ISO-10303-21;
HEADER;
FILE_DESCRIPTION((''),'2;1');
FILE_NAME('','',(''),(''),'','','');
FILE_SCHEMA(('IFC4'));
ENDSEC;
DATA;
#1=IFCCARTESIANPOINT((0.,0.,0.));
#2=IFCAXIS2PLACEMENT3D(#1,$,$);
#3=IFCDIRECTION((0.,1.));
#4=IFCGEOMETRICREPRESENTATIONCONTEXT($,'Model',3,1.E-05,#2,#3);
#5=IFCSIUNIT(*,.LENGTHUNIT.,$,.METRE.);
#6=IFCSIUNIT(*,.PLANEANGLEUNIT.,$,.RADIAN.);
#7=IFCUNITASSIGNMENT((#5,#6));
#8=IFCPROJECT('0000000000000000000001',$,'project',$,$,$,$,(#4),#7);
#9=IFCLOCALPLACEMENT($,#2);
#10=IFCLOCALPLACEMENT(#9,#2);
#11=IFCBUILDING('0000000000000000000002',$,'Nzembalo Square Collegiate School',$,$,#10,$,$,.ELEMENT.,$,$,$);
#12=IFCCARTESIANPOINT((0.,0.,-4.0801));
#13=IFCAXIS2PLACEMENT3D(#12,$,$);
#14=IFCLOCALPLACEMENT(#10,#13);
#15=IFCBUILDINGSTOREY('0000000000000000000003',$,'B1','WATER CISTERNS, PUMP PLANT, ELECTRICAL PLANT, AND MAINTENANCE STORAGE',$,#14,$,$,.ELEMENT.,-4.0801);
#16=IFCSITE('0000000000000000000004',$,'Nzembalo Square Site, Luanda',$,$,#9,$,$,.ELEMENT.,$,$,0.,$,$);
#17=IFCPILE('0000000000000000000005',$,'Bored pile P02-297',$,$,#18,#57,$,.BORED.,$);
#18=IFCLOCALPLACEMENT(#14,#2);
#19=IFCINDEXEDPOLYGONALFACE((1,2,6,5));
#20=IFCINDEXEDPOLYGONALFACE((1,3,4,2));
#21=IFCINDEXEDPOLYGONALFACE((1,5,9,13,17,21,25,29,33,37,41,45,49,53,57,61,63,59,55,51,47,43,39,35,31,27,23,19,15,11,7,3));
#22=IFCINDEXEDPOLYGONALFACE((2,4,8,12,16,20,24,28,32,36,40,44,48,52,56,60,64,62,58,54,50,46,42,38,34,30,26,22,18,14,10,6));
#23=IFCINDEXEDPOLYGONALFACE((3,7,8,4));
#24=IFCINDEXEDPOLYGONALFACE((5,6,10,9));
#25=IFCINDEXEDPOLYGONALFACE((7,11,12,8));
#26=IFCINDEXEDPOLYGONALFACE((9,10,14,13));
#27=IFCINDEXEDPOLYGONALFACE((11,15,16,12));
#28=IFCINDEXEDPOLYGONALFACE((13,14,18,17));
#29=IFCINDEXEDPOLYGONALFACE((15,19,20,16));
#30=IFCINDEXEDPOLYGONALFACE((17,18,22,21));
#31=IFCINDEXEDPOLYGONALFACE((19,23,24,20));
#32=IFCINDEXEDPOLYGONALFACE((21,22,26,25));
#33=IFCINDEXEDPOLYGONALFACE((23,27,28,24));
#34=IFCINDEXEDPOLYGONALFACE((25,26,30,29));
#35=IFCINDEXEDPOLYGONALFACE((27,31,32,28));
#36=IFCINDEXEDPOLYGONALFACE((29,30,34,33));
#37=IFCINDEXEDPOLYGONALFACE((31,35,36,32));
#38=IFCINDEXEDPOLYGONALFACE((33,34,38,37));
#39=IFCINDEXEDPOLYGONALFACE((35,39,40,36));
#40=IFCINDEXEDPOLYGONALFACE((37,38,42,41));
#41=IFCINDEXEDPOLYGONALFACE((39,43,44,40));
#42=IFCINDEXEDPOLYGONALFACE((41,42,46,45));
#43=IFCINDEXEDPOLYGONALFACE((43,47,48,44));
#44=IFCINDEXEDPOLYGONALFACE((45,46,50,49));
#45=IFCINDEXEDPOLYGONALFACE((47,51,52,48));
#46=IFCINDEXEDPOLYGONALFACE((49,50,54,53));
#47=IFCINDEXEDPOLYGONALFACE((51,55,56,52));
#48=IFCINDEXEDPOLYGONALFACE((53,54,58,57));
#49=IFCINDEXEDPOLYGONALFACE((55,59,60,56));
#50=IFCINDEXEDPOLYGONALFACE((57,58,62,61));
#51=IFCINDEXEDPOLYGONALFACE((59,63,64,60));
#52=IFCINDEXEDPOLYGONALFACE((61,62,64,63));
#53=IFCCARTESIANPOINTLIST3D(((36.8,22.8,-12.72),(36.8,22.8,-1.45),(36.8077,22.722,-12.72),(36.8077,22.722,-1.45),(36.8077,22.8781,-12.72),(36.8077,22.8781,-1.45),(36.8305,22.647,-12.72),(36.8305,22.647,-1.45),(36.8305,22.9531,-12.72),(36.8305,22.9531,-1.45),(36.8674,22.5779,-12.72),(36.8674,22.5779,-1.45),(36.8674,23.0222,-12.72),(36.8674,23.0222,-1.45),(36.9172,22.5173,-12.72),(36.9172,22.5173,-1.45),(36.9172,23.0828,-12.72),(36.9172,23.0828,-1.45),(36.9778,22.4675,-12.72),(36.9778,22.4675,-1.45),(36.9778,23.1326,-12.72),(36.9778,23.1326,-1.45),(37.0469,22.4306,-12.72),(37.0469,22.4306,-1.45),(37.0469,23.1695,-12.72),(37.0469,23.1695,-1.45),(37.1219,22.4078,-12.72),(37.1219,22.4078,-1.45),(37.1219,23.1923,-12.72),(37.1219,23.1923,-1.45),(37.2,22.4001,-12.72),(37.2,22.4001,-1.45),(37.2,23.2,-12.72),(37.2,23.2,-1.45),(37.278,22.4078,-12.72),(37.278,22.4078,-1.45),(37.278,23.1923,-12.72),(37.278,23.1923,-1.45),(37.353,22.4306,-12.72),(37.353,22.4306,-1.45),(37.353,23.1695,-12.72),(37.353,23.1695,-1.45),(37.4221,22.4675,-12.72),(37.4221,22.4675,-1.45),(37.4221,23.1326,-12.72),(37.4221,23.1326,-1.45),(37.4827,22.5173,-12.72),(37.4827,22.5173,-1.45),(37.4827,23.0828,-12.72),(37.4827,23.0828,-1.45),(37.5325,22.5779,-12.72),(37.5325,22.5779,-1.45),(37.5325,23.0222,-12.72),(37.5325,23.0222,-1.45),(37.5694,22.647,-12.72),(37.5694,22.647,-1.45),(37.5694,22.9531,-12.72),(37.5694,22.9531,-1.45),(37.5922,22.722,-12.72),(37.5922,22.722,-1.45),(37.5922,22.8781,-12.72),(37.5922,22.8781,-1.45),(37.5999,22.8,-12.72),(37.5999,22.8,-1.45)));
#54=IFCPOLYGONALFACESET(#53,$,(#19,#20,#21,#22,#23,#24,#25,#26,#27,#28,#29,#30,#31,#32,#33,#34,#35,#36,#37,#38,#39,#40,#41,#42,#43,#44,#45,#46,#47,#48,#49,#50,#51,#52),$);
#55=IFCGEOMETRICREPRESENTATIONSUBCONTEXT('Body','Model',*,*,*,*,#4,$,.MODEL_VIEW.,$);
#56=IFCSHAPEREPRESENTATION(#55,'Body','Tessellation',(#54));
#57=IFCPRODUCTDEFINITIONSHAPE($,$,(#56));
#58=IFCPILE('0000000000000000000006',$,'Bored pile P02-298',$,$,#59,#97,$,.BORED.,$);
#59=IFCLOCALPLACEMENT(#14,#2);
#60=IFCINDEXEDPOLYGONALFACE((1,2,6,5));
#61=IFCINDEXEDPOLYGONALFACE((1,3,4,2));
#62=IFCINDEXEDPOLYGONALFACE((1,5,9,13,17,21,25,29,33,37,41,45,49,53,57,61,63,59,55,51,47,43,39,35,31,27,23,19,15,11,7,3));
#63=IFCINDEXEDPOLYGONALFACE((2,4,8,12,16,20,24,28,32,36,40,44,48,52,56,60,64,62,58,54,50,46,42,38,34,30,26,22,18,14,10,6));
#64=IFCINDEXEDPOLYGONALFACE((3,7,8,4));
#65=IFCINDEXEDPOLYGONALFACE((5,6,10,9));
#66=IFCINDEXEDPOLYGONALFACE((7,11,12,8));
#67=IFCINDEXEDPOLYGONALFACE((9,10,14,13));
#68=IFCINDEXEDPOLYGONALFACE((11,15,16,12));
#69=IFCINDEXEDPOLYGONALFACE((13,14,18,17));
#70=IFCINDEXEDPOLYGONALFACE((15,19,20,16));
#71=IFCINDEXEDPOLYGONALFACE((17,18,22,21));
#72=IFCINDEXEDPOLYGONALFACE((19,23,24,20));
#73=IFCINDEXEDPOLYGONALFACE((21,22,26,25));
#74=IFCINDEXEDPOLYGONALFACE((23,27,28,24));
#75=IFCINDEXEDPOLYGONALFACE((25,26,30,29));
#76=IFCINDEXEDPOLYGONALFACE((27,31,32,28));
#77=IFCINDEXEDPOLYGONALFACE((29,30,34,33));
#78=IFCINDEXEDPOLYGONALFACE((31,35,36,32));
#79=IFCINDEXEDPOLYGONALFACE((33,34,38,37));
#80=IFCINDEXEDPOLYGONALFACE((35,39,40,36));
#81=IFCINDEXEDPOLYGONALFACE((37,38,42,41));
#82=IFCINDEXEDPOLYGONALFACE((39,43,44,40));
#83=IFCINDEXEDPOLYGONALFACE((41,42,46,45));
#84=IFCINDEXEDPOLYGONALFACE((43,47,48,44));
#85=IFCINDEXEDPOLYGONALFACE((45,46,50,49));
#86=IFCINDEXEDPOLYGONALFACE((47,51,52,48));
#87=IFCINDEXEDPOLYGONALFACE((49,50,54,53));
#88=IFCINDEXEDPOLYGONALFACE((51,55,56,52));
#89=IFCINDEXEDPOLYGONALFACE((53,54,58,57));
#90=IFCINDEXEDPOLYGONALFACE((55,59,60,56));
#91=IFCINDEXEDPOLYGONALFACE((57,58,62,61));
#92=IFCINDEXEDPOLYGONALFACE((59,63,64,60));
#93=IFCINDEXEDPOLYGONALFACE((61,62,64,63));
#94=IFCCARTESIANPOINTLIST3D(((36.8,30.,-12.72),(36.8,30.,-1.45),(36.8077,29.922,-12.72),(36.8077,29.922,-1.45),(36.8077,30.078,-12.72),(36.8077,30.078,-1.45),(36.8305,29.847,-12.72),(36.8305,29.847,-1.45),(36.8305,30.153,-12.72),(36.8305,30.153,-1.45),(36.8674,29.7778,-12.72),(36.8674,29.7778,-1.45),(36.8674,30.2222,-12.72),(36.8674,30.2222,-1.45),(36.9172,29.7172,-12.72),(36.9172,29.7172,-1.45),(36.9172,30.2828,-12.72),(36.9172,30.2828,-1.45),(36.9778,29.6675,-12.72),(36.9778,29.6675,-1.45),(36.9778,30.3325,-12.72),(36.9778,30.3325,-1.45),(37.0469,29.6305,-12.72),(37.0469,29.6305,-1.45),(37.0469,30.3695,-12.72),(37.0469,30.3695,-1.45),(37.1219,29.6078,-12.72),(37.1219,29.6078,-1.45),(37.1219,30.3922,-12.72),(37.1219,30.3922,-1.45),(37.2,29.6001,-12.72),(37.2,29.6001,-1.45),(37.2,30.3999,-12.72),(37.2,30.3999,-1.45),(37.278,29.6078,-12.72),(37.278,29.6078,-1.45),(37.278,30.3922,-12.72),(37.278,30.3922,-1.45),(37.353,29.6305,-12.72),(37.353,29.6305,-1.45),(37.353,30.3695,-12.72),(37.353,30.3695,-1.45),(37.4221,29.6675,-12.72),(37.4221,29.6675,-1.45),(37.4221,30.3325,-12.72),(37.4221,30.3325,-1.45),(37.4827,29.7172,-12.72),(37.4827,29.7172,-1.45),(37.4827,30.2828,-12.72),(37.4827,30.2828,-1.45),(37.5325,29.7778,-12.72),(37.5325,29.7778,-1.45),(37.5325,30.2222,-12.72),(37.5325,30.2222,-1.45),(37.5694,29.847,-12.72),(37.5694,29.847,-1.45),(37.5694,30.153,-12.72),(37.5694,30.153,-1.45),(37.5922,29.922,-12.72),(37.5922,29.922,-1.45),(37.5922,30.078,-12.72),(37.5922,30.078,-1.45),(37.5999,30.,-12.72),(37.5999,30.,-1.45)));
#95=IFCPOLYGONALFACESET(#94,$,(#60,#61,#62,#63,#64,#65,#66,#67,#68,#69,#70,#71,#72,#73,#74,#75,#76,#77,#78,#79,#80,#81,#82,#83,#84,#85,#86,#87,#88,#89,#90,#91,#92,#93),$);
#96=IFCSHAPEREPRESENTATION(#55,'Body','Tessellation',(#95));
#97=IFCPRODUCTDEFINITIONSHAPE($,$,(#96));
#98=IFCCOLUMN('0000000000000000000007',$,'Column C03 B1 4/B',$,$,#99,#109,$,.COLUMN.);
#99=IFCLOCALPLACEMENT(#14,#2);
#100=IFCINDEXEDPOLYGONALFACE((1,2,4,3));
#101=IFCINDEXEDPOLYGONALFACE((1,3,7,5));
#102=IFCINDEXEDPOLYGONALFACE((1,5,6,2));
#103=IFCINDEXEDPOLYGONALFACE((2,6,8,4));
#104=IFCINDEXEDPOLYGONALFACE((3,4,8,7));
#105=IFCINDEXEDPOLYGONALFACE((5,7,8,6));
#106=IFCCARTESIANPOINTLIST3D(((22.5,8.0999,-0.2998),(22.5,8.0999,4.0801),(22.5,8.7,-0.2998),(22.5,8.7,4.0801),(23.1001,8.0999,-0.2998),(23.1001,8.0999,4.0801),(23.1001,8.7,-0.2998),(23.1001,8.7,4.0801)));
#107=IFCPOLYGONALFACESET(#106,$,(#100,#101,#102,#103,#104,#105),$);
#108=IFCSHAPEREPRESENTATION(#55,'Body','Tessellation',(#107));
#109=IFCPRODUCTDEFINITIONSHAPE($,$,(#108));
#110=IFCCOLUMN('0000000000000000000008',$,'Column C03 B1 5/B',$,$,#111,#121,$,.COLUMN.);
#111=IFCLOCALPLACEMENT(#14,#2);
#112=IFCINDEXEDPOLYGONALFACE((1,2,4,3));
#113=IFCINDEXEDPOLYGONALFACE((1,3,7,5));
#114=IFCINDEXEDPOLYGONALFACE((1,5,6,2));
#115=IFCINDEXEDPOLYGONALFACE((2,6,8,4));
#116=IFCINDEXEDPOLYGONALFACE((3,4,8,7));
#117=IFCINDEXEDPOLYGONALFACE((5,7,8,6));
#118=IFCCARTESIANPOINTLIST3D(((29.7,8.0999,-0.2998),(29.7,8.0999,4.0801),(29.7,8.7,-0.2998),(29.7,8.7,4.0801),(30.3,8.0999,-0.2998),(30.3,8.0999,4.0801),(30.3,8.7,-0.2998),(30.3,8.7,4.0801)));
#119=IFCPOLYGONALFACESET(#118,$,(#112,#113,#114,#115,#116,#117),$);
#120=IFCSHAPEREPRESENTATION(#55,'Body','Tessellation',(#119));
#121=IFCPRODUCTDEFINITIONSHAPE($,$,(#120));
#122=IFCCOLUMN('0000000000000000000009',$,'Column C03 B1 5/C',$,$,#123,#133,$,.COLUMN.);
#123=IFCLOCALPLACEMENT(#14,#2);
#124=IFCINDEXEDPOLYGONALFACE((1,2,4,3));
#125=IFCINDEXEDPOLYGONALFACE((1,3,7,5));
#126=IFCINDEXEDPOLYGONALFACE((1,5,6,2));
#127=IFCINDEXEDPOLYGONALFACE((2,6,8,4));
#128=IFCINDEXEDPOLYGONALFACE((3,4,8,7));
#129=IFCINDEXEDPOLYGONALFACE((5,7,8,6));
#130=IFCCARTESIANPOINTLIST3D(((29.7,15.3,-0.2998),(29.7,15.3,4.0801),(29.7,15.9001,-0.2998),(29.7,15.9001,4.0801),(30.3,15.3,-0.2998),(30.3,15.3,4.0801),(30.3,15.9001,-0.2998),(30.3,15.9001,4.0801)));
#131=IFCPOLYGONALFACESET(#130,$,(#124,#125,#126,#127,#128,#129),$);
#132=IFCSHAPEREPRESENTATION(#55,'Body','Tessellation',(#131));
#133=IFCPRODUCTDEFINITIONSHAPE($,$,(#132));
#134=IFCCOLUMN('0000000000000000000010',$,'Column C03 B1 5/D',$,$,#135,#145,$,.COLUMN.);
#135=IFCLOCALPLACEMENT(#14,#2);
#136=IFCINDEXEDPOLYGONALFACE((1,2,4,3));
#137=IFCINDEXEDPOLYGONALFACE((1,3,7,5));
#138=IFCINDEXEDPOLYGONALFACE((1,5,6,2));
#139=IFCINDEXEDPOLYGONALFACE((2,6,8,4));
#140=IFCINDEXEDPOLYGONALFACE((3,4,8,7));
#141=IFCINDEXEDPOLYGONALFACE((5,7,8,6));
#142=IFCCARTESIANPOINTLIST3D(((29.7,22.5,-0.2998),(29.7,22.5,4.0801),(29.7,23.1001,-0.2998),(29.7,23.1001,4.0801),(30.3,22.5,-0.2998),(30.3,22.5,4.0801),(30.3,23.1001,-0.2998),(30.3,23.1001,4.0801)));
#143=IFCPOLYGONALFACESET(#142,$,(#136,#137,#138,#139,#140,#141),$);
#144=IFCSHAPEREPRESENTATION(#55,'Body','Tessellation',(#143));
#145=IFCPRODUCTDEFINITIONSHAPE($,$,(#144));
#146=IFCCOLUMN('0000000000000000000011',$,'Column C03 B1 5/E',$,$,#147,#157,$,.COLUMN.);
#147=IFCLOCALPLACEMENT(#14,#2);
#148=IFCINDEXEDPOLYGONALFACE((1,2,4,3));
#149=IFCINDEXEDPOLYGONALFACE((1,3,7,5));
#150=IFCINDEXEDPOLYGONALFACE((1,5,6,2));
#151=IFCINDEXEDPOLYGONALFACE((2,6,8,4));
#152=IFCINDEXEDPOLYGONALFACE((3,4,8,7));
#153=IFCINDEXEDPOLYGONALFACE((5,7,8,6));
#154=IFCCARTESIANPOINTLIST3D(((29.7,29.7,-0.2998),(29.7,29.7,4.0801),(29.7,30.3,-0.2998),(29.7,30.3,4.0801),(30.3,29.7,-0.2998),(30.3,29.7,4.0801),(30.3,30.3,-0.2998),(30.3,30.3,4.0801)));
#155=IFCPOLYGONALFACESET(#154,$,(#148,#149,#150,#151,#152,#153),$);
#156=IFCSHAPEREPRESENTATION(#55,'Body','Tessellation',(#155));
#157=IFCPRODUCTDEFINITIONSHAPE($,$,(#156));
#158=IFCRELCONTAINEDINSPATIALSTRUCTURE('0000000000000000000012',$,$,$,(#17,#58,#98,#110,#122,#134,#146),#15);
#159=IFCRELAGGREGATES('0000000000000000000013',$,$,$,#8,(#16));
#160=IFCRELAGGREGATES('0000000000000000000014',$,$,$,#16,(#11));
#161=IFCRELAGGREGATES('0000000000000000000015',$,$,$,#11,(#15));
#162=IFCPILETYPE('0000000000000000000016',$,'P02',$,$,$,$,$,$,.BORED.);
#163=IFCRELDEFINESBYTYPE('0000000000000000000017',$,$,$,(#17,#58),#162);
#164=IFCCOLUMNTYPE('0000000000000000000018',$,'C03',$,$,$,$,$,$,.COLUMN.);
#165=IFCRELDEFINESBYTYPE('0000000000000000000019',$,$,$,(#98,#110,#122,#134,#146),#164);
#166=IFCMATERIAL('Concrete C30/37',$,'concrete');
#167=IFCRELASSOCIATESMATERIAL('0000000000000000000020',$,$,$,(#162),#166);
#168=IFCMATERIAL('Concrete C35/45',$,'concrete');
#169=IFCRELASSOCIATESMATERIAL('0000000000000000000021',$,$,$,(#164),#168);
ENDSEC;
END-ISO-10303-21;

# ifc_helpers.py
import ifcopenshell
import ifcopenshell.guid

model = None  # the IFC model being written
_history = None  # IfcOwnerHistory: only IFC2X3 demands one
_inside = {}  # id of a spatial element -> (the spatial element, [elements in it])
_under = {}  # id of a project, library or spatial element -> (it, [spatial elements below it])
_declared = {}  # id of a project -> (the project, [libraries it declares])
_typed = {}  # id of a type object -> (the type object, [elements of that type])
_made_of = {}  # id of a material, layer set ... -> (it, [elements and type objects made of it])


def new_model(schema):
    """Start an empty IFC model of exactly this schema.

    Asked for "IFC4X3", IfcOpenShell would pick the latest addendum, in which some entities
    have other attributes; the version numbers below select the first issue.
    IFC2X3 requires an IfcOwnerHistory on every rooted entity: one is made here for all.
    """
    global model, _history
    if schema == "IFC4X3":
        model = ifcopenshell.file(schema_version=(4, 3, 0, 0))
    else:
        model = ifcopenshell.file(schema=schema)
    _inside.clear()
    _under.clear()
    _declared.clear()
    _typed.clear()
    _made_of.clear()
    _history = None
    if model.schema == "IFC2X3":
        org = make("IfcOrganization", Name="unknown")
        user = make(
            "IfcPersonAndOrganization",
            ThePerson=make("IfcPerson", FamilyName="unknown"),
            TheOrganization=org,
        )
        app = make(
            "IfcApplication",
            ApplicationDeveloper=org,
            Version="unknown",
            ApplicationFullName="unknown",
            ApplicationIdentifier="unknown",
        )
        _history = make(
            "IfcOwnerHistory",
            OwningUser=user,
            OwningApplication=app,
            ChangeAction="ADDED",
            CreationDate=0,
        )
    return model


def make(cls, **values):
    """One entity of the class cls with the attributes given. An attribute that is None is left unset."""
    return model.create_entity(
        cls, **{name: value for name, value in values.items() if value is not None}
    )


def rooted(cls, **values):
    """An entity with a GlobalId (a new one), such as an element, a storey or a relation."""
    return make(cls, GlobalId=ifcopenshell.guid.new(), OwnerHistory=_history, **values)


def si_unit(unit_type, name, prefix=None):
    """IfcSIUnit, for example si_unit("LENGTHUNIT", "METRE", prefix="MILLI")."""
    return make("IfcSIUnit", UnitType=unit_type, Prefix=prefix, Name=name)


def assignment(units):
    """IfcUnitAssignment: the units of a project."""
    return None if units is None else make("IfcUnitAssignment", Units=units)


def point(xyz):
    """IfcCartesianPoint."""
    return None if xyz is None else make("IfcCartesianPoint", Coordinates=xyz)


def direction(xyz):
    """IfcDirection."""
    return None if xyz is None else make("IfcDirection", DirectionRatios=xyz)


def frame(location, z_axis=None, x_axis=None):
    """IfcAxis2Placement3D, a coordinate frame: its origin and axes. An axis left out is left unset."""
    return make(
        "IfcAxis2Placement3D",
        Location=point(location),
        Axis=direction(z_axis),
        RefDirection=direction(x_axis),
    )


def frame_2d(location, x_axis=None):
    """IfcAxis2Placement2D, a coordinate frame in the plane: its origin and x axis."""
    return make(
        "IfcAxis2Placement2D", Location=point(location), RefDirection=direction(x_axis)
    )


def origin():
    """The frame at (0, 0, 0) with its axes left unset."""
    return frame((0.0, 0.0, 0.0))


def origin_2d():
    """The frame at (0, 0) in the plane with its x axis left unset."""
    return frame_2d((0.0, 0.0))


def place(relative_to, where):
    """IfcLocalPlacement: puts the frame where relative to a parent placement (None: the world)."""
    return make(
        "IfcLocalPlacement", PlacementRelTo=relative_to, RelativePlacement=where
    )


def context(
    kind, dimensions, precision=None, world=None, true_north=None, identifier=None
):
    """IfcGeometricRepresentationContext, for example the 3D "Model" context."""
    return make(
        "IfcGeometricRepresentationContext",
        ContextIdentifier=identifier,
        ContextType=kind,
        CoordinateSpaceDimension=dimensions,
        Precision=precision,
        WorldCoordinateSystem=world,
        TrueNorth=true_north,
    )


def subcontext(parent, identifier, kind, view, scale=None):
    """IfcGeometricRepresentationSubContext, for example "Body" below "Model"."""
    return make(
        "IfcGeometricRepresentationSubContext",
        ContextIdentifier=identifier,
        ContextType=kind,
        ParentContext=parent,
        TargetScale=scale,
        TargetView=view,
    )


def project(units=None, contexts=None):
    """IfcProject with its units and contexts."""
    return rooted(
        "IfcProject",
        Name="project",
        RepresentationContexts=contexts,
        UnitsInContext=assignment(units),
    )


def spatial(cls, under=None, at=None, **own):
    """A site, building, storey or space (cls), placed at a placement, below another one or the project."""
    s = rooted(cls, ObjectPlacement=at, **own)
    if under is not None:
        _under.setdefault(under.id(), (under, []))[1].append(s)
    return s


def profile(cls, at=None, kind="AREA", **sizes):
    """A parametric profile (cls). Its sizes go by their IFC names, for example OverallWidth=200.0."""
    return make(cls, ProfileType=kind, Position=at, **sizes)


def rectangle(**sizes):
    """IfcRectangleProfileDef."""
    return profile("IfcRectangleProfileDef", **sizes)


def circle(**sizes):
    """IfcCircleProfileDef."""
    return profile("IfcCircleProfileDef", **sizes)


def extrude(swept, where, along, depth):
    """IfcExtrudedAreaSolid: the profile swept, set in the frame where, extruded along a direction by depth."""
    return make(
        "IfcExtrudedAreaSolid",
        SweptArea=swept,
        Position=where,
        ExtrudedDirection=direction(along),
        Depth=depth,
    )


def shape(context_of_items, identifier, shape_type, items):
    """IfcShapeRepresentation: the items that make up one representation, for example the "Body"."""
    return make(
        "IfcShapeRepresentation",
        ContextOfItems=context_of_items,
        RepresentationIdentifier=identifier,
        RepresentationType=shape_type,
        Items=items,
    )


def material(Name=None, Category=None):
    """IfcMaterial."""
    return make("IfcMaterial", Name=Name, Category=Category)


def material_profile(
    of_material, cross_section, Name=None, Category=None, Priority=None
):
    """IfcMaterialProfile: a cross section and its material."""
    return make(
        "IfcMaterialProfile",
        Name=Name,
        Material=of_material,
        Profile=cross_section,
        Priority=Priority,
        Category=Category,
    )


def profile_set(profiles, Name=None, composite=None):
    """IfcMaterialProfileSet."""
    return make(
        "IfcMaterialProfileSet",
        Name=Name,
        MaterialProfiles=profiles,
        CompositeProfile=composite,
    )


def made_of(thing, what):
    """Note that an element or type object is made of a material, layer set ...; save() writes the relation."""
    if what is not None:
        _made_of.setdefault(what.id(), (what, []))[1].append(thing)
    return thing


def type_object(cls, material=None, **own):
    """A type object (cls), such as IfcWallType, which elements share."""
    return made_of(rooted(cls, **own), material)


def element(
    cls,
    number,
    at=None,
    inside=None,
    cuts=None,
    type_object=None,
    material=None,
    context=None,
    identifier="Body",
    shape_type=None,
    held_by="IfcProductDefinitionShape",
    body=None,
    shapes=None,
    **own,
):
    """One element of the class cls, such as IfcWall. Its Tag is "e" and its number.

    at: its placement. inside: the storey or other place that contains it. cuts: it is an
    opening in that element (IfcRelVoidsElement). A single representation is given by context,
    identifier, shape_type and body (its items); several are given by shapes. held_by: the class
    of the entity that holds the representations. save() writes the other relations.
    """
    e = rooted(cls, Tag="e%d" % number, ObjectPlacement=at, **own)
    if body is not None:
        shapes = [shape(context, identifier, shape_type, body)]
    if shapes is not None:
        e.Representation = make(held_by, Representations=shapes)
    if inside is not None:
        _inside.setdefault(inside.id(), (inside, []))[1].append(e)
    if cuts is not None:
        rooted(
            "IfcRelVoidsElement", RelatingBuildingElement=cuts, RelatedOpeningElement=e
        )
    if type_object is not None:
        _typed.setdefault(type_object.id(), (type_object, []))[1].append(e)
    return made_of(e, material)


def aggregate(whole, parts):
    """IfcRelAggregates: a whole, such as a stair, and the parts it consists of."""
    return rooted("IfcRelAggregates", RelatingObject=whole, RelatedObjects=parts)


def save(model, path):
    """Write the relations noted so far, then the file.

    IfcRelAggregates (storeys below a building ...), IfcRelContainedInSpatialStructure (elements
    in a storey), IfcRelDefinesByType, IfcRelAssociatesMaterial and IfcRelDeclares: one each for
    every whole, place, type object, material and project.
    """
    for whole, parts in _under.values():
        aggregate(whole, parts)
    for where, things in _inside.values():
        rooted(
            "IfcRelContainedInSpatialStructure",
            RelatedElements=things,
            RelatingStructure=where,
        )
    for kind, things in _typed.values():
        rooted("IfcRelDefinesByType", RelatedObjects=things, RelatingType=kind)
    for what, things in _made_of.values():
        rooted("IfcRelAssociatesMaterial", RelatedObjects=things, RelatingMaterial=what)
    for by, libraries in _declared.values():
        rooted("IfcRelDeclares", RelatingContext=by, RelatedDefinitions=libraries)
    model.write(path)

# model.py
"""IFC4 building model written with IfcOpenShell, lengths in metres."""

from ifc_helpers import new_model, si_unit, direction, frame, origin, origin_2d, place, context, subcontext, project, spatial, rectangle, circle, extrude, material, material_profile, profile_set, type_object, element, save


model = new_model("IFC4")

# Units and contexts
model_context = context("Model", 3, precision=1e-05, world=origin(), true_north=direction((0.0, 1.0)))
body_context = subcontext(model_context, "Body", "Model", "MODEL_VIEW")
ifc_project = project(units=[si_unit("LENGTHUNIT", "METRE"), si_unit("PLANEANGLEUNIT", "RADIAN")], contexts=[model_context])

# Site, building, storey
site_placement = place(None, origin())
site = spatial("IfcSite", under=ifc_project, at=site_placement, Name="Nzembalo Square Site, Luanda", CompositionType="ELEMENT", RefElevation=0.0)
building_placement = place(site_placement, origin())
building = spatial("IfcBuilding", under=site, at=building_placement, Name="Nzembalo Square Collegiate School", CompositionType="ELEMENT")
storey_placement = place(building_placement, frame((0.0, 0.0, -4.0801)))
storey = spatial("IfcBuildingStorey", under=building, at=storey_placement, Name="B1", Description="WATER CISTERNS, PUMP PLANT, ELECTRICAL PLANT, AND MAINTENANCE STORAGE", CompositionType="ELEMENT", Elevation=-4.0801)

# Piles
ifc_material_1 = material(Name="Concrete C30/37", Category="concrete")
ifc_material_profile_1 = material_profile(ifc_material_1, circle(Radius=0.3999, at=origin_2d()), Name="PILE D800")
ifc_profile_set_1 = profile_set([ifc_material_profile_1], Name="Concrete C30/37")
pile_type = type_object("IfcPileType", Name="P02", PredefinedType="BORED", material=ifc_profile_set_1)
for number, where, z_axis, x_axis, name in (
    (1, (37.2, 22.8, -1.45), (0.0, 0.0, -1.0), (1.0, 0.0, 0.0), "Bored pile P02-297"),
    (2, (37.2, 30.0, -1.45), (0.0, 0.0, -1.0), (1.0, 0.0, 0.0), "Bored pile P02-298"),
):
    element("IfcPile", number, at=place(storey_placement, frame(where, z_axis=z_axis, x_axis=x_axis)), inside=storey, type_object=pile_type, Name=name, PredefinedType="BORED", context=body_context, shape_type="SweptSolid", body=[
        extrude(circle(Radius=0.3999, at=origin_2d()), origin(), (0.0, 0.0, 1.0), 11.27),
    ])

# Columns
ifc_material_2 = material(Name="Concrete C35/45", Category="concrete")
ifc_material_profile_2 = material_profile(ifc_material_2, rectangle(XDim=0.6001, YDim=0.6001, at=origin_2d()), Name="RC 600x600")
ifc_profile_set_2 = profile_set([ifc_material_profile_2], Name="Concrete C35/45")
column_type = type_object("IfcColumnType", Name="C03", PredefinedType="COLUMN", material=ifc_profile_set_2)
for number, where, z_axis, x_axis, name in (
    (3, (22.8, 8.3999, -0.2998), (0.0, 0.0, 1.0), (1.0, 0.0, 0.0), "Column C03 B1 4/B"),
    (4, (30.0, 8.3999, -0.2998), (0.0, 0.0, 1.0), (1.0, 0.0, 0.0), "Column C03 B1 5/B"),
    (5, (30.0, 15.6001, -0.2998), (0.0, 0.0, 1.0), (1.0, 0.0, 0.0), "Column C03 B1 5/C"),
    (6, (30.0, 22.8, -0.2998), (0.0, 0.0, 1.0), (1.0, 0.0, 0.0), "Column C03 B1 5/D"),
    (7, (30.0, 30.0, -0.2998), (0.0, 0.0, 1.0), (1.0, 0.0, 0.0), "Column C03 B1 5/E"),
):
    element("IfcColumn", number, at=place(storey_placement, frame(where, z_axis=z_axis, x_axis=x_axis)), inside=storey, type_object=column_type, Name=name, PredefinedType="COLUMN", context=body_context, shape_type="SweptSolid", body=[
        extrude(rectangle(XDim=0.6001, YDim=0.6001, at=origin_2d()), origin(), (0.0, 0.0, 1.0), 4.3799),
    ])

save(model, "model.ifc")
